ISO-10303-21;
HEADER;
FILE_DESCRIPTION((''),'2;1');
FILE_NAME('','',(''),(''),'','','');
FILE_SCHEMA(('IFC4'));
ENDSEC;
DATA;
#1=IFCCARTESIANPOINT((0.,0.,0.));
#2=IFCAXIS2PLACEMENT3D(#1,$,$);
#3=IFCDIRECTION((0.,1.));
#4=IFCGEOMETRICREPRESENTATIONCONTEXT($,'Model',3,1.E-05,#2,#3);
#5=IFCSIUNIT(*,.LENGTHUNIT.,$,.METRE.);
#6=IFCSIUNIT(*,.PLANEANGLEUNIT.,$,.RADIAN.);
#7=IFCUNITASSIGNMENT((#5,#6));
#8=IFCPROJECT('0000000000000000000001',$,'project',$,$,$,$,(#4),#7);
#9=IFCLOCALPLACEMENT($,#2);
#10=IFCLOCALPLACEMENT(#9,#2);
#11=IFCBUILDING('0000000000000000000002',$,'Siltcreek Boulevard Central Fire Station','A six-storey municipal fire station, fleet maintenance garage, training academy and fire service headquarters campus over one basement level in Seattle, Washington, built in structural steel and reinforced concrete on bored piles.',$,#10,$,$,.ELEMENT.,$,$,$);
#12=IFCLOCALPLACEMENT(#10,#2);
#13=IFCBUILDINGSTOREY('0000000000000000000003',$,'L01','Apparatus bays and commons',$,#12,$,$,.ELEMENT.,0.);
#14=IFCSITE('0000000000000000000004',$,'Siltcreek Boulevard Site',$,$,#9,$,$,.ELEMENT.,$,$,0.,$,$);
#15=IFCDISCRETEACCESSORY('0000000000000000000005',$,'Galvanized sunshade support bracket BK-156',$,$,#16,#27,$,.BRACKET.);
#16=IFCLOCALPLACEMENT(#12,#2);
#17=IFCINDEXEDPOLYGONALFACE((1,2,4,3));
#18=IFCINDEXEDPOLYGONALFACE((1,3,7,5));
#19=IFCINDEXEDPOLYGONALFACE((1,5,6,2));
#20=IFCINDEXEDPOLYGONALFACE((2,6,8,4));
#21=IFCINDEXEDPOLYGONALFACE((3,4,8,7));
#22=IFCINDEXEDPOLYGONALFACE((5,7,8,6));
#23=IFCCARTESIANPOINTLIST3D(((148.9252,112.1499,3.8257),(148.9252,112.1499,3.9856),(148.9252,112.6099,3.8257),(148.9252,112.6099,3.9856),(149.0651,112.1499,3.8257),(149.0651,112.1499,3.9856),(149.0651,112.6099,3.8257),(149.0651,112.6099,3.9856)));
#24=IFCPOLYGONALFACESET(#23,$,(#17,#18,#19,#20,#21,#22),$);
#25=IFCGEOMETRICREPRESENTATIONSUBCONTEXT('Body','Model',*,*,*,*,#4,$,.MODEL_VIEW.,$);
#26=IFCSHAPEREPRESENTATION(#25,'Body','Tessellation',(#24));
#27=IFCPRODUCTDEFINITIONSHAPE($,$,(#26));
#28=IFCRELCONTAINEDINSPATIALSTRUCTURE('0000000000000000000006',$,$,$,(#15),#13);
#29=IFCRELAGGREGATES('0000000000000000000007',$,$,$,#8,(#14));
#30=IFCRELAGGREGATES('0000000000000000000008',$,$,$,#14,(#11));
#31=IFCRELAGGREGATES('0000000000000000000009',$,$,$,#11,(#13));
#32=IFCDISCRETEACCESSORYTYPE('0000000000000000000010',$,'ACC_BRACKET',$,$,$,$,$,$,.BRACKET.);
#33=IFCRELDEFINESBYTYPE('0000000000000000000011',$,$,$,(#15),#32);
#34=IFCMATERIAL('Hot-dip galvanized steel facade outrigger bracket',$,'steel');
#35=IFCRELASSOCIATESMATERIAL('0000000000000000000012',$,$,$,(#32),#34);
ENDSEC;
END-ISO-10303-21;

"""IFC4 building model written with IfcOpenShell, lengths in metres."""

from ifc_helpers import new_model, si_unit, direction, frame, origin, origin_2d, place, context, subcontext, project, spatial, rectangle, extrude, material, type_object, element, save


model = new_model("IFC4")

# Units and contexts
model_context = context("Model", 3, precision=1e-05, world=origin(), true_north=direction((0.0, 1.0)))
body_context = subcontext(model_context, "Body", "Model", "MODEL_VIEW")
ifc_project = project(units=[si_unit("LENGTHUNIT", "METRE"), si_unit("PLANEANGLEUNIT", "RADIAN")], contexts=[model_context])

# Site, building, storey
site_placement = place(None, origin())
site = spatial("IfcSite", under=ifc_project, at=site_placement, Name="Siltcreek Boulevard Site", CompositionType="ELEMENT", RefElevation=0.0)
building_placement = place(site_placement, origin())
building = spatial("IfcBuilding", under=site, at=building_placement, Name="Siltcreek Boulevard Central Fire Station", Description="A six-storey municipal fire station, fleet maintenance garage, training academy and fire service headquarters campus over one basement level in Seattle, Washington, built in structural steel and reinforced concrete on bored piles.", CompositionType="ELEMENT")
storey_placement = place(building_placement, origin())
storey = spatial("IfcBuildingStorey", under=building, at=storey_placement, Name="L01", Description="Apparatus bays and commons", CompositionType="ELEMENT", Elevation=0.0)

# Discrete accessory
ifc_material_1 = material(Name="Hot-dip galvanized steel facade outrigger bracket", Category="steel")
discrete_accessory_type = type_object("IfcDiscreteAccessoryType", Name="ACC_BRACKET", PredefinedType="BRACKET", material=ifc_material_1)
for number, where, z_axis, x_axis, name in (
    (1, (148.9951, 112.3799, 3.8257), (0.0, 0.0, 1.0), (-1.0, 0.0, 0.0), "Galvanized sunshade support bracket BK-156"),
):
    element("IfcDiscreteAccessory", number, at=place(storey_placement, frame(where, z_axis=z_axis, x_axis=x_axis)), inside=storey, type_object=discrete_accessory_type, Name=name, PredefinedType="BRACKET", context=body_context, shape_type="SweptSolid", body=[
        extrude(rectangle(XDim=0.1399, YDim=0.46, at=origin_2d()), origin(), (0.0, 0.0, 1.0), 0.1599),
    ])

save(model, "model.ifc")
